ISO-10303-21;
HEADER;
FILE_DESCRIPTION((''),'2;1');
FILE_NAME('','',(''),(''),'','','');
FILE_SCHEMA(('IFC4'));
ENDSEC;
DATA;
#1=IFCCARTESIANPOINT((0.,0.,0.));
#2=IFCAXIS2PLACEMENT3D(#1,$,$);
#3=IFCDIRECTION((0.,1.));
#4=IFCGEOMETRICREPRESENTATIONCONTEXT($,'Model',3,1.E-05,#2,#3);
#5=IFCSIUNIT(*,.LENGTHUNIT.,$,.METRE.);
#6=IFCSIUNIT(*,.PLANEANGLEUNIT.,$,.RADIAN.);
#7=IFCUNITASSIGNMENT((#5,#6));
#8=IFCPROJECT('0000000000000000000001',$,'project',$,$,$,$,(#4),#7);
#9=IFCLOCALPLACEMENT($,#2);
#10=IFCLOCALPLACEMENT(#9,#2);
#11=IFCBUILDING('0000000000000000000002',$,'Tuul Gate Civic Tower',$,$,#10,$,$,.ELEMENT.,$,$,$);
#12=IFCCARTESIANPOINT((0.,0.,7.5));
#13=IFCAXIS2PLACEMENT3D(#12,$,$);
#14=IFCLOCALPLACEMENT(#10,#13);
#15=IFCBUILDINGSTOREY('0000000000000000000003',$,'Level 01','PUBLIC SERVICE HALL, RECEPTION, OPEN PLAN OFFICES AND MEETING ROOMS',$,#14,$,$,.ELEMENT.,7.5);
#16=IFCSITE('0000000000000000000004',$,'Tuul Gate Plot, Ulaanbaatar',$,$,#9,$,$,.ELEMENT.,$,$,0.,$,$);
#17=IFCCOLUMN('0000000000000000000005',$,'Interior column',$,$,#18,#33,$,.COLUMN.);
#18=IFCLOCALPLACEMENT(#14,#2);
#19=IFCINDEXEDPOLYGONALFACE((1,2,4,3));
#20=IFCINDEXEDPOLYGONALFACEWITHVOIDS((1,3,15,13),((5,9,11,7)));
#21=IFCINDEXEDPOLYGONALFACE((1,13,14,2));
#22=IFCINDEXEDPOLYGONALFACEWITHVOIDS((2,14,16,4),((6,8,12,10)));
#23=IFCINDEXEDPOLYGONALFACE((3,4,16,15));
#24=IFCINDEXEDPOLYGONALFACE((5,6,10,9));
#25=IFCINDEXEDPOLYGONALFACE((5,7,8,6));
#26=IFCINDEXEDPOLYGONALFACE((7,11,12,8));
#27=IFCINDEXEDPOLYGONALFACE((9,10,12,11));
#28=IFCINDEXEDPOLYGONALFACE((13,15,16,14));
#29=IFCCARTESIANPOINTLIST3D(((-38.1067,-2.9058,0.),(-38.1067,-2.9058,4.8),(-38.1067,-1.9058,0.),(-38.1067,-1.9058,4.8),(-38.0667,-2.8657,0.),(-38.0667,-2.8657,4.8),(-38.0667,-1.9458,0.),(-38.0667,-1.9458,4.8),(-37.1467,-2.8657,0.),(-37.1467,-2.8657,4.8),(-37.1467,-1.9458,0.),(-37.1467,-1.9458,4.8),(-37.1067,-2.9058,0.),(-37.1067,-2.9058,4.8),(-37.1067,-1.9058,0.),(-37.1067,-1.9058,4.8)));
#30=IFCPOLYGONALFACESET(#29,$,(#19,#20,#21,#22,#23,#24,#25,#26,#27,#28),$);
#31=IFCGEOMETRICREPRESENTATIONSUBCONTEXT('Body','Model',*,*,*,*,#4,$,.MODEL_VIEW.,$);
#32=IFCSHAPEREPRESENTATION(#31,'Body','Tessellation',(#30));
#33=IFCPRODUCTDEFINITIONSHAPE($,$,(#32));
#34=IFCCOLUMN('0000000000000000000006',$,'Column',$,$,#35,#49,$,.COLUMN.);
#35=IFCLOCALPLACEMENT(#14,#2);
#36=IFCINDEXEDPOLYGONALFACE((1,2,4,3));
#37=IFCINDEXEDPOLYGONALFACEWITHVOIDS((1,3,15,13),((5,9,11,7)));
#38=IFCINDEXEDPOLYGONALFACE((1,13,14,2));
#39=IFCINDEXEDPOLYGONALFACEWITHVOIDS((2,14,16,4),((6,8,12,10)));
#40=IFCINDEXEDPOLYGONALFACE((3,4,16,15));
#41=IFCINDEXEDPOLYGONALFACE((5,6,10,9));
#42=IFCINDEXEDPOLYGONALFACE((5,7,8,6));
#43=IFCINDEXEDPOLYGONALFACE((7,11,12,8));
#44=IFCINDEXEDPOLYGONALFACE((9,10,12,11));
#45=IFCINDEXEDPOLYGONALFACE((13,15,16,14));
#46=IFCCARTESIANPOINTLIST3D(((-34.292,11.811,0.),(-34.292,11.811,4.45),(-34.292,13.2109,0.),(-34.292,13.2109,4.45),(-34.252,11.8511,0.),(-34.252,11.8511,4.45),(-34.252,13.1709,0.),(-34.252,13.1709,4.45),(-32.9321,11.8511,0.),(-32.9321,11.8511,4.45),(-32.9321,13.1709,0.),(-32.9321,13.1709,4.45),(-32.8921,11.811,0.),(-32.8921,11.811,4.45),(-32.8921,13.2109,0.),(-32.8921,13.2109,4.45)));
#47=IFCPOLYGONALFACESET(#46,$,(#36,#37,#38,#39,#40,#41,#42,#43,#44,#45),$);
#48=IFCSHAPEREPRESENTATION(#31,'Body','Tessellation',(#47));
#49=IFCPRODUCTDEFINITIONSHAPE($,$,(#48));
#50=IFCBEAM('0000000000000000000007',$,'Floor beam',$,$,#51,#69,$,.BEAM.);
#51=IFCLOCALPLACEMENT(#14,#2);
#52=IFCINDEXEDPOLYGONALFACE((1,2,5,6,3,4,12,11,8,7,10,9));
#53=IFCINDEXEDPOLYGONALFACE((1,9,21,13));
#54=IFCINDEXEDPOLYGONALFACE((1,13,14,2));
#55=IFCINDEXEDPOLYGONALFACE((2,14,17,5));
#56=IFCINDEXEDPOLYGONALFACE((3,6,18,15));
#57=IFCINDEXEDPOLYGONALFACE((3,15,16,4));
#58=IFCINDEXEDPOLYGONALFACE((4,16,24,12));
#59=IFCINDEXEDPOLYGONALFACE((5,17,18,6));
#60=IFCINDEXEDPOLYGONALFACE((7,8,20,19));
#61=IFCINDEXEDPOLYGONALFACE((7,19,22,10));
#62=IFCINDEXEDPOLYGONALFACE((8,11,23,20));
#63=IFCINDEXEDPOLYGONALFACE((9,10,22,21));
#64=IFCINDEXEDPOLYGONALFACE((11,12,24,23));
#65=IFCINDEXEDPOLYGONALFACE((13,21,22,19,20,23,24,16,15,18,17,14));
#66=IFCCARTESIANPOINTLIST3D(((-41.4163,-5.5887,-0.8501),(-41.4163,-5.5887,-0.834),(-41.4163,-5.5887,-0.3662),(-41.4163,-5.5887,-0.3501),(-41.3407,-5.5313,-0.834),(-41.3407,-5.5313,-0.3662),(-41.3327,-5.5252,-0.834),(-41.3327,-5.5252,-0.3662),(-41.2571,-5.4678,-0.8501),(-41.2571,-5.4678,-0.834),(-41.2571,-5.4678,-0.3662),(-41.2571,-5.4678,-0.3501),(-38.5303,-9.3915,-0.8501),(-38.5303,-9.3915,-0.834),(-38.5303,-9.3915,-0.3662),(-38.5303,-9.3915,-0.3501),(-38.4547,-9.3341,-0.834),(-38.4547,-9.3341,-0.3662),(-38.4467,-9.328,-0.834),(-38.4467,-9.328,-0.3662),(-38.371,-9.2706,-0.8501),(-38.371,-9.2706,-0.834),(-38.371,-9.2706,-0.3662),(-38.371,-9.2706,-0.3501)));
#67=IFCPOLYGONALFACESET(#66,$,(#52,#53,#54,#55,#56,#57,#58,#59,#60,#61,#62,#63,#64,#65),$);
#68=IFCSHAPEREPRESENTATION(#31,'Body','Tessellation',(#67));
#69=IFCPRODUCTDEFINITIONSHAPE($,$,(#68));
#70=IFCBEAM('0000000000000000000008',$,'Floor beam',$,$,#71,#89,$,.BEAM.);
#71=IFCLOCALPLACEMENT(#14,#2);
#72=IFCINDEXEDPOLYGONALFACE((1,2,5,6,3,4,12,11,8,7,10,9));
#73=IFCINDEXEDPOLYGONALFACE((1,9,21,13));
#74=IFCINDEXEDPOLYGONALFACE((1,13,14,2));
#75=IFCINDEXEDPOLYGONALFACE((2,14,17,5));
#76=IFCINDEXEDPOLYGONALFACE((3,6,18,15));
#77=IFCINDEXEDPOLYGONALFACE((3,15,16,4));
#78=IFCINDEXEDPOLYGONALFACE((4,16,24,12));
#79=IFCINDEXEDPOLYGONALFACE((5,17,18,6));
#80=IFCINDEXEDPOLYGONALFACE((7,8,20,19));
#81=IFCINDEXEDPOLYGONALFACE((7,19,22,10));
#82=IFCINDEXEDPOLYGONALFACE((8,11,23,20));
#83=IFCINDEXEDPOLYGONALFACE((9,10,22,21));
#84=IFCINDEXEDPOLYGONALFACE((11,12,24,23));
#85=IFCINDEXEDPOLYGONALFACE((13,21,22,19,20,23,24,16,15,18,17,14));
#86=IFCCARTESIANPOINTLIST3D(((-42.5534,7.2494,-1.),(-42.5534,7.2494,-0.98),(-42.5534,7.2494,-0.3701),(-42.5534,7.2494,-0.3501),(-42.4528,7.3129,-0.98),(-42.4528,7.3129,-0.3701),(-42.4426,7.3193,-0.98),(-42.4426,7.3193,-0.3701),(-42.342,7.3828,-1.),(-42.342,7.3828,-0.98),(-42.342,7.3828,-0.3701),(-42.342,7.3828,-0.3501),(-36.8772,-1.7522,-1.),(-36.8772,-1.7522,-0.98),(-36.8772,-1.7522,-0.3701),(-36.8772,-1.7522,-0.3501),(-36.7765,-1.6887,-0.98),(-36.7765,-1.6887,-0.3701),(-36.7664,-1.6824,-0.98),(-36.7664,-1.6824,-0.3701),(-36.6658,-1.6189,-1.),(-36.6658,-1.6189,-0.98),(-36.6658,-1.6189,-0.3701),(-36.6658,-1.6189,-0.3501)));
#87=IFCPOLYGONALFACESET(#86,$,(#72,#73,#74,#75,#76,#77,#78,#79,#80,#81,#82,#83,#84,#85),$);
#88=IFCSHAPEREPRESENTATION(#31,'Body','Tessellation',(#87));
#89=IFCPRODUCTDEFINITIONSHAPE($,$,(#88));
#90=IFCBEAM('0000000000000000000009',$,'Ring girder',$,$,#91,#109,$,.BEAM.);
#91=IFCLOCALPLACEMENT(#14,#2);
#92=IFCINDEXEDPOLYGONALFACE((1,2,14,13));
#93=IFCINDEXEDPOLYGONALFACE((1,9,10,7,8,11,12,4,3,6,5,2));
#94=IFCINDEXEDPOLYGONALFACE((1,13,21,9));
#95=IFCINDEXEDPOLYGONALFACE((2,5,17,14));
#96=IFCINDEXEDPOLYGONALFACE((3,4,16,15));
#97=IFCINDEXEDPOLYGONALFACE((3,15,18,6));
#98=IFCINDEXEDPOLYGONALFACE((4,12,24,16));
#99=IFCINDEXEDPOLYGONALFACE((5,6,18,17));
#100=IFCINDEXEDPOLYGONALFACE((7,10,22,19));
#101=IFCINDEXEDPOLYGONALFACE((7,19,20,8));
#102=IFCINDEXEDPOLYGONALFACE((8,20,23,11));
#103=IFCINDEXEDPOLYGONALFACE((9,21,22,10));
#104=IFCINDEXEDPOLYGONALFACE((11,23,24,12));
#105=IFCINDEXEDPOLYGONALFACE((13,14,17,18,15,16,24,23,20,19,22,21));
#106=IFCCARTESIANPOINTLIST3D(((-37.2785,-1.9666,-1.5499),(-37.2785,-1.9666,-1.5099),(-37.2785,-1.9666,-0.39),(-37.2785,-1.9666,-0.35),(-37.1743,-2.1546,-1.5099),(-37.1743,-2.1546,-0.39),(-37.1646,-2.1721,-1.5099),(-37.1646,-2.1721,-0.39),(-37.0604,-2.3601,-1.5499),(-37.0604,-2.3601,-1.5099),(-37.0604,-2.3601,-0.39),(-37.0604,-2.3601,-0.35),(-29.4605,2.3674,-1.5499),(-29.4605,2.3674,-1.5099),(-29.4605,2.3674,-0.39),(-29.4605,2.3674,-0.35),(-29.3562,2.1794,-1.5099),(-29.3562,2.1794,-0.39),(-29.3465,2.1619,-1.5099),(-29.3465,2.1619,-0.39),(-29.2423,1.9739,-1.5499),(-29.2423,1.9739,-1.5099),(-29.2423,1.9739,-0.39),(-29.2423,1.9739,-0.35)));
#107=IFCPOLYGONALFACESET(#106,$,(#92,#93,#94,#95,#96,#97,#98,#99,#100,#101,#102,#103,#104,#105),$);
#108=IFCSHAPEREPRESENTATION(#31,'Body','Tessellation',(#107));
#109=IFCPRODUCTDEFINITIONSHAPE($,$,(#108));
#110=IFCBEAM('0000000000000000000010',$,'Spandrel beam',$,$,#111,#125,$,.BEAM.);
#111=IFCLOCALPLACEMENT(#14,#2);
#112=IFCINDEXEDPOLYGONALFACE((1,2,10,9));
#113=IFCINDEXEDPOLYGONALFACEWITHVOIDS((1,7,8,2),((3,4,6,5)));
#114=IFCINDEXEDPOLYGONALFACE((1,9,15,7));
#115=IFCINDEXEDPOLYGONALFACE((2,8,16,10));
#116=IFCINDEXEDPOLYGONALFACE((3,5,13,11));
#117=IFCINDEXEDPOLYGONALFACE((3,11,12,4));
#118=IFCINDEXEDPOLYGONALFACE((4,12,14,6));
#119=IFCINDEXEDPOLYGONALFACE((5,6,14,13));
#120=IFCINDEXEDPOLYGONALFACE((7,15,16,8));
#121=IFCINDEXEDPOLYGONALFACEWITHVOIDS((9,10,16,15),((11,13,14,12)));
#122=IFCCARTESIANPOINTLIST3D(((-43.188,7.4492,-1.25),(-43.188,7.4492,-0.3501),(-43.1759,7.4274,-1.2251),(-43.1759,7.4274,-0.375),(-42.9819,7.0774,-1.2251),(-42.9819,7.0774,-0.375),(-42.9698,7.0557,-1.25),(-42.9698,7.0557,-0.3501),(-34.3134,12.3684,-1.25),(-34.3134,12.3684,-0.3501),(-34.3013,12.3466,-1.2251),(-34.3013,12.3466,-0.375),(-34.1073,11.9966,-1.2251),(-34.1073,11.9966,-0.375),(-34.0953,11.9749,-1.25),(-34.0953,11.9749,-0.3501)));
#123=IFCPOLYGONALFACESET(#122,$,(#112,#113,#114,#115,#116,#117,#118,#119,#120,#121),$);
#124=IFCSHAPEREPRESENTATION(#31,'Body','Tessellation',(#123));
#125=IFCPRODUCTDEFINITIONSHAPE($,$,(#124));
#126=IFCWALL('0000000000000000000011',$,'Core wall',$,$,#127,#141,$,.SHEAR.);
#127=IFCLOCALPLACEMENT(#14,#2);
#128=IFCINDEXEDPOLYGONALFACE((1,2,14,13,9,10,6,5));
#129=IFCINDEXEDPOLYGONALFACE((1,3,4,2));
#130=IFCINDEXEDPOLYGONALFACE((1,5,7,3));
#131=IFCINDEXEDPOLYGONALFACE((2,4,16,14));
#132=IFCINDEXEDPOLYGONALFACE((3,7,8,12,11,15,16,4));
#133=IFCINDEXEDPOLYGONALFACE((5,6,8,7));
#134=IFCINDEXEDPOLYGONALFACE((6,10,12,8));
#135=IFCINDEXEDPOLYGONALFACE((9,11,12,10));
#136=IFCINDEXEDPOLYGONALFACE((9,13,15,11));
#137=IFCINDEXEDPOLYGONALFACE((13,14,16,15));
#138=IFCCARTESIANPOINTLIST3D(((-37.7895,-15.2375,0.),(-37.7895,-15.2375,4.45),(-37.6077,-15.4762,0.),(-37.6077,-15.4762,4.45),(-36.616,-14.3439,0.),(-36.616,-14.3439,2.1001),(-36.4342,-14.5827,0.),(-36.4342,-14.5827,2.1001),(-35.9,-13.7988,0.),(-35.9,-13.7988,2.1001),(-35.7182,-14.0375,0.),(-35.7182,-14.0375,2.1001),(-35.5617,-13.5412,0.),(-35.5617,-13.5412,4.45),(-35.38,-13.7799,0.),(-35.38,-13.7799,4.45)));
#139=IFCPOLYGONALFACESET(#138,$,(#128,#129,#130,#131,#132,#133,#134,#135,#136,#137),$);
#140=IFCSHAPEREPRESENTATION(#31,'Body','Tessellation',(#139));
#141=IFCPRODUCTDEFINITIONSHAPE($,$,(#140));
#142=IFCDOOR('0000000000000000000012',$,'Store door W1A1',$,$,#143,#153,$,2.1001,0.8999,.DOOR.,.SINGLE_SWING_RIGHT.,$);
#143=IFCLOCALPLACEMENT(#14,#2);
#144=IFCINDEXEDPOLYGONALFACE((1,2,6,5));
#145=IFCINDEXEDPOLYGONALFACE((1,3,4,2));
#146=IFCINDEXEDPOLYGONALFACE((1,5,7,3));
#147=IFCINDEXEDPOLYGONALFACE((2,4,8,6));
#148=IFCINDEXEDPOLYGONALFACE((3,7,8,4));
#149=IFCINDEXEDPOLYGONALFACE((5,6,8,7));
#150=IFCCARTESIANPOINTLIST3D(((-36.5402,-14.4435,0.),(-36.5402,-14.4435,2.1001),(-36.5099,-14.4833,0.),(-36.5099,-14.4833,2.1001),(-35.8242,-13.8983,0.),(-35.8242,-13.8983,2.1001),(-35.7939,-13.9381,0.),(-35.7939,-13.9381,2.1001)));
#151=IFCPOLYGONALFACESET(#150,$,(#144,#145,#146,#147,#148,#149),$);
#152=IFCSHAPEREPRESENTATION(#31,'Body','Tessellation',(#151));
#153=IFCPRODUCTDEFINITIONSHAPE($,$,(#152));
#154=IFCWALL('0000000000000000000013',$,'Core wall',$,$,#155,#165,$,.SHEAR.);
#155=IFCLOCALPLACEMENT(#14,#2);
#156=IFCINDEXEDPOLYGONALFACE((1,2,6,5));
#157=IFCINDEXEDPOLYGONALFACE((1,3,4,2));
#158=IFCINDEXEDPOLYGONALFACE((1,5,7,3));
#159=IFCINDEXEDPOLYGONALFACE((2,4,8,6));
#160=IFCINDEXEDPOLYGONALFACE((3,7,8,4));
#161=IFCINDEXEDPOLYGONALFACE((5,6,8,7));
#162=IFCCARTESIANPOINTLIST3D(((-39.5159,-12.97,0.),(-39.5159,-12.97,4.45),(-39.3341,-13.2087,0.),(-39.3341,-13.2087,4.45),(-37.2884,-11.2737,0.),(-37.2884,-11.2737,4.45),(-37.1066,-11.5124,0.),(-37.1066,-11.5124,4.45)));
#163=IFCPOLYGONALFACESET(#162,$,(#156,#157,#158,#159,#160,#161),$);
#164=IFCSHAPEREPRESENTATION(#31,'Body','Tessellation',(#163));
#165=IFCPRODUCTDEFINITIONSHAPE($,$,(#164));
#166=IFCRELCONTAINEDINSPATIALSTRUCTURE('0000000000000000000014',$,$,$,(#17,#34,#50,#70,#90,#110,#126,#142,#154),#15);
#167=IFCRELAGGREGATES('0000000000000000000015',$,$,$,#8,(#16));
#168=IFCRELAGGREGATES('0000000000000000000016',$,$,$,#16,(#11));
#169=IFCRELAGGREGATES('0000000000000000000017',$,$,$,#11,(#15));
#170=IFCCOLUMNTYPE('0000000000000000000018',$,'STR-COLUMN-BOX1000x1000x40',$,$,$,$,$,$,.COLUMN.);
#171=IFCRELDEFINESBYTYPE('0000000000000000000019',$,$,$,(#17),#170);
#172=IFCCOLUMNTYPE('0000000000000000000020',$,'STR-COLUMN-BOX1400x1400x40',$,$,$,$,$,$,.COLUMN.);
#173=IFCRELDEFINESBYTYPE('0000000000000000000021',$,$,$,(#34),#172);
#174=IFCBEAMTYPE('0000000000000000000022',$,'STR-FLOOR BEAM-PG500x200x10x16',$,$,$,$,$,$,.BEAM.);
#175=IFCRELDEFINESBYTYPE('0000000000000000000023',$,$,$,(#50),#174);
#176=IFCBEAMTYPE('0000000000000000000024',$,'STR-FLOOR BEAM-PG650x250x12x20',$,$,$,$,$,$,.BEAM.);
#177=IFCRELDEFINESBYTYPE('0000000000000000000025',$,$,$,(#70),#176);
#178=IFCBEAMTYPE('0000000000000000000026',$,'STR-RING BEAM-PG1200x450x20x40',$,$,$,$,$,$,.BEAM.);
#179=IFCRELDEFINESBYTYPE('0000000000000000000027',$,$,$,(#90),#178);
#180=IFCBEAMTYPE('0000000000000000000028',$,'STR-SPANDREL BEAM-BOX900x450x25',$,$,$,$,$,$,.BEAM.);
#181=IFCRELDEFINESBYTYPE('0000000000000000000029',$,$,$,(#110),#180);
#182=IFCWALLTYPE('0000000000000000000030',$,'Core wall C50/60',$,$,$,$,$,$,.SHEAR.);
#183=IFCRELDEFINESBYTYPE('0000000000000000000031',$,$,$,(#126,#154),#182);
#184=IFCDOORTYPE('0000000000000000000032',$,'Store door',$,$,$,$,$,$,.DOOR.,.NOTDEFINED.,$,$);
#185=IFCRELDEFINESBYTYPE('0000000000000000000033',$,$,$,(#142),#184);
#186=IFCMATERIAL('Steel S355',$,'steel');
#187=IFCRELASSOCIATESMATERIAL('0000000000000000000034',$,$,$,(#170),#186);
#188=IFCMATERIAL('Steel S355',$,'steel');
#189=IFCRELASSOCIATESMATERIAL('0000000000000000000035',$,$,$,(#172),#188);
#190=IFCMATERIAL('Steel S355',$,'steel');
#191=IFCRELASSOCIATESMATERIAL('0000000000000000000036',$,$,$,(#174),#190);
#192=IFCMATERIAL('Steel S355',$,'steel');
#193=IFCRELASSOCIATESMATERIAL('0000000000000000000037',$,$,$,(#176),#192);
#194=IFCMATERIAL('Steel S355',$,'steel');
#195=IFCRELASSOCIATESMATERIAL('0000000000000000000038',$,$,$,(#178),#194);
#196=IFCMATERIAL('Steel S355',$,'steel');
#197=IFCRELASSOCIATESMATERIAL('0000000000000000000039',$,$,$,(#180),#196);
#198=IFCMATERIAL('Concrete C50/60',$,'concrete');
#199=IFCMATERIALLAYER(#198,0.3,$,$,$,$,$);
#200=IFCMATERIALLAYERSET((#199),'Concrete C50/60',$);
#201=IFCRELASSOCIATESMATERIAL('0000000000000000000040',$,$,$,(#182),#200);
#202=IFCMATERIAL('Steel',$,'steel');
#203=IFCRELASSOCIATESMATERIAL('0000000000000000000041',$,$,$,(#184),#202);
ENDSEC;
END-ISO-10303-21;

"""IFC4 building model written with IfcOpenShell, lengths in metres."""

from ifc_helpers import new_model, si_unit, direction, frame, frame_2d, origin, origin_2d, place, context, subcontext, project, spatial, rectangle, hollow_rectangle, i_section, extrude, material, layer, layer_set, material_profile, profile_set, type_object, element, fill, save


model = new_model("IFC4")

# Units and contexts
model_context = context("Model", 3, precision=1e-05, world=origin(), true_north=direction((0.0, 1.0)))
body_context = subcontext(model_context, "Body", "Model", "MODEL_VIEW")
ifc_project = project(units=[si_unit("LENGTHUNIT", "METRE"), si_unit("PLANEANGLEUNIT", "RADIAN")], contexts=[model_context])

# Site, building, storey
site_placement = place(None, origin())
site = spatial("IfcSite", under=ifc_project, at=site_placement, Name="Tuul Gate Plot, Ulaanbaatar", CompositionType="ELEMENT", RefElevation=0.0)
building_placement = place(site_placement, origin())
building = spatial("IfcBuilding", under=site, at=building_placement, Name="Tuul Gate Civic Tower", CompositionType="ELEMENT")
storey_placement = place(building_placement, frame((0.0, 0.0, 7.5)))
storey = spatial("IfcBuildingStorey", under=building, at=storey_placement, Name="Level 01", Description="PUBLIC SERVICE HALL, RECEPTION, OPEN PLAN OFFICES AND MEETING ROOMS", CompositionType="ELEMENT", Elevation=7.5)

# Columns
ifc_material_1 = material(Name="Steel S355", Category="steel")
ifc_material_profile_1 = material_profile(ifc_material_1, hollow_rectangle(XDim=1.0, YDim=1.0, WallThickness=0.04, at=origin_2d()), Name="BOX1000x1000x40")
ifc_profile_set_1 = profile_set([ifc_material_profile_1], Name="Steel S355")
column_type_1 = type_object("IfcColumnType", Name="STR-COLUMN-BOX1000x1000x40", PredefinedType="COLUMN", material=ifc_profile_set_1)
column_1_placement = place(storey_placement, frame((-37.6067, -2.4058, 0.0), z_axis=(0.0, 0.0, 1.0), x_axis=(1.0, 0.0, 0.0)))
element("IfcColumn", 1, at=column_1_placement, inside=storey, type_object=column_type_1, Name="Interior column", PredefinedType="COLUMN", context=body_context, shape_type="SweptSolid", body=[
    extrude(hollow_rectangle(XDim=1.0, YDim=1.0, WallThickness=0.04, at=origin_2d()), origin(), (0.0, 0.0, 1.0), 4.8),
])
ifc_material_2 = material(Name="Steel S355", Category="steel")
ifc_material_profile_2 = material_profile(ifc_material_2, hollow_rectangle(XDim=1.3999, YDim=1.3999, WallThickness=0.04, at=origin_2d()), Name="BOX1400x1400x40")
ifc_profile_set_2 = profile_set([ifc_material_profile_2], Name="Steel S355")
column_type_2 = type_object("IfcColumnType", Name="STR-COLUMN-BOX1400x1400x40", PredefinedType="COLUMN", material=ifc_profile_set_2)
column_2_placement = place(storey_placement, frame((-33.592, 12.511, 0.0), z_axis=(0.0, 0.0, 1.0), x_axis=(1.0, 0.0, 0.0)))
element("IfcColumn", 2, at=column_2_placement, inside=storey, type_object=column_type_2, Name="Column", PredefinedType="COLUMN", context=body_context, shape_type="SweptSolid", body=[
    extrude(hollow_rectangle(XDim=1.3999, YDim=1.3999, WallThickness=0.04, at=origin_2d()), origin(), (0.0, 0.0, 1.0), 4.45),
])

# Beams
ifc_material_3 = material(Name="Steel S355", Category="steel")
ifc_material_profile_3 = material_profile(ifc_material_3, i_section(OverallWidth=0.2, OverallDepth=0.5, WebThickness=0.01, FlangeThickness=0.0161, at=origin_2d()), Name="PG500x200x10x16")
ifc_profile_set_3 = profile_set([ifc_material_profile_3], Name="Steel S355")
beam_type_1 = type_object("IfcBeamType", Name="STR-FLOOR BEAM-PG500x200x10x16", PredefinedType="BEAM", material=ifc_profile_set_3)
beam_1_placement = place(storey_placement, frame((-38.4507, -9.3311, -0.6001), z_axis=(-0.60454, 0.796575, 0.0), x_axis=(-0.796575, -0.60454, 0.0)))
element("IfcBeam", 3, at=beam_1_placement, inside=storey, type_object=beam_type_1, Name="Floor beam", PredefinedType="BEAM", context=body_context, shape_type="SweptSolid", body=[
    extrude(i_section(OverallWidth=0.2, OverallDepth=0.5, WebThickness=0.01, FlangeThickness=0.0161, at=origin_2d()), origin(), (0.0, 0.0, 1.0), 4.7739),
])
ifc_material_4 = material(Name="Steel S355", Category="steel")
ifc_material_profile_4 = material_profile(ifc_material_4, i_section(OverallWidth=0.25, OverallDepth=0.6499, WebThickness=0.012, FlangeThickness=0.02, at=origin_2d()), Name="PG650x250x12x20")
ifc_profile_set_4 = profile_set([ifc_material_profile_4], Name="Steel S355")
beam_type_2 = type_object("IfcBeamType", Name="STR-FLOOR BEAM-PG650x250x12x20", PredefinedType="BEAM", material=ifc_profile_set_4)
beam_2_placement = place(storey_placement, frame((-36.7715, -1.6855, -0.675), z_axis=(-0.533387, 0.845871, 0.0), x_axis=(-0.845871, -0.533387, 0.0)))
element("IfcBeam", 4, at=beam_2_placement, inside=storey, type_object=beam_type_2, Name="Floor beam", PredefinedType="BEAM", context=body_context, shape_type="SweptSolid", body=[
    extrude(i_section(OverallWidth=0.25, OverallDepth=0.6499, WebThickness=0.012, FlangeThickness=0.02, at=origin_2d()), origin(), (0.0, 0.0, 1.0), 10.6418),
])
ifc_material_5 = material(Name="Steel S355", Category="steel")
ifc_material_profile_5 = material_profile(ifc_material_5, i_section(OverallWidth=0.45, OverallDepth=1.2, WebThickness=0.02, FlangeThickness=0.04, at=origin_2d()), Name="PG1200x450x20x40")
ifc_profile_set_5 = profile_set([ifc_material_profile_5], Name="Steel S355")
beam_type_3 = type_object("IfcBeamType", Name="STR-RING BEAM-PG1200x450x20x40", PredefinedType="BEAM", material=ifc_profile_set_5)
beam_3_placement = place(storey_placement, frame((-37.1694, -2.1633, -0.95), z_axis=(0.874604, 0.484838, 0.0), x_axis=(-0.484838, 0.874604, 0.0)))
element("IfcBeam", 5, at=beam_3_placement, inside=storey, type_object=beam_type_3, Name="Ring girder", PredefinedType="BEAM", context=body_context, shape_type="SweptSolid", body=[
    extrude(i_section(OverallWidth=0.45, OverallDepth=1.2, WebThickness=0.02, FlangeThickness=0.04, at=origin_2d()), origin(), (0.0, 0.0, 1.0), 8.939),
])
ifc_material_6 = material(Name="Steel S355", Category="steel")
ifc_material_profile_6 = material_profile(ifc_material_6, hollow_rectangle(XDim=0.45, YDim=0.8999, WallThickness=0.0249, at=origin_2d()), Name="BOX900x450x25")
ifc_profile_set_6 = profile_set([ifc_material_profile_6], Name="Steel S355")
beam_type_4 = type_object("IfcBeamType", Name="STR-SPANDREL BEAM-BOX900x450x25", PredefinedType="BEAM", material=ifc_profile_set_6)
beam_4_placement = place(storey_placement, frame((-34.2043, 12.1716, -0.8), z_axis=(-0.874621, -0.484807, 0.0), x_axis=(0.484807, -0.874621, 0.0)))
element("IfcBeam", 6, at=beam_4_placement, inside=storey, type_object=beam_type_4, Name="Spandrel beam", PredefinedType="BEAM", context=body_context, shape_type="SweptSolid", body=[
    extrude(hollow_rectangle(XDim=0.45, YDim=0.8999, WallThickness=0.0249, at=origin_2d()), origin(), (0.0, 0.0, 1.0), 10.1467),
])

# Wall, opening, door
ifc_material_7 = material(Name="Concrete C50/60", Category="concrete")
ifc_layer_1 = layer(ifc_material_7, 0.3)
ifc_layer_set_1 = layer_set([ifc_layer_1], Name="Concrete C50/60")
wall_type_1 = type_object("IfcWallType", Name="Core wall C50/60", PredefinedType="SHEAR", material=ifc_layer_set_1)
wall_1_placement = place(storey_placement, frame((-35.4709, -13.6606, 0.0), z_axis=(0.0, 0.0, 1.0), x_axis=(-0.795616, -0.605802, 0.0)))
wall_1 = element("IfcWall", 7, at=wall_1_placement, inside=storey, type_object=wall_type_1, Name="Core wall", PredefinedType="SHEAR", context=body_context, shape_type="SweptSolid", body=[
    extrude(rectangle(XDim=2.8, YDim=0.3, at=frame_2d((1.3999, 0.0))), origin(), (0.0, 0.0, 1.0), 4.45),
])
opening_1_placement = place(wall_1_placement, frame((0.425, 0.0, 0.0)))
opening_1 = element("IfcOpeningElement", 8, at=opening_1_placement, cuts=wall_1, PredefinedType="OPENING", context=body_context, shape_type="SweptSolid", body=[
    extrude(rectangle(XDim=0.8999, YDim=2.1001, at=frame_2d((0.45, 1.05))), frame((0.0, 0.1602, 0.0), z_axis=(0.0, -1.0, 0.0), x_axis=(1.0, 0.0, 0.0)), (0.0, 0.0, 1.0), 0.3201),
])
ifc_material_8 = material(Name="Steel", Category="steel")
door_type_1 = type_object("IfcDoorType", Name="Store door", OperationType="NOTDEFINED", PredefinedType="DOOR", material=ifc_material_8)
door_1_placement = place(opening_1_placement, frame((0.8999, 0.0, 0.0), z_axis=(0.0, 0.0, 1.0), x_axis=(-1.0, 0.0, 0.0)))
door_1 = element("IfcDoor", 9, at=door_1_placement, inside=storey, type_object=door_type_1, Name="Store door W1A1", OperationType="SINGLE_SWING_RIGHT", OverallHeight=2.1001, OverallWidth=0.8999, PredefinedType="DOOR", context=body_context, shape_type="SweptSolid", body=[
    extrude(rectangle(XDim=0.8999, YDim=2.1001, at=frame_2d((0.45, 1.05))), frame((0.0, 0.0249, 0.0), z_axis=(0.0, -1.0, 0.0), x_axis=(1.0, 0.0, 0.0)), (0.0, 0.0, 1.0), 0.05),
])
fill(opening_1, door_1)

# Wall
wall_2_placement = place(storey_placement, frame((-37.1975, -11.3931, 0.0), z_axis=(0.0, 0.0, 1.0), x_axis=(-0.795584, -0.605844, 0.0)))
element("IfcWall", 10, at=wall_2_placement, inside=storey, type_object=wall_type_1, Name="Core wall", PredefinedType="SHEAR", context=body_context, shape_type="SweptSolid", body=[
    extrude(rectangle(XDim=2.7998, YDim=0.3, at=frame_2d((1.3999, 0.0))), origin(), (0.0, 0.0, 1.0), 4.45),
])

save(model, "model.ifc")
